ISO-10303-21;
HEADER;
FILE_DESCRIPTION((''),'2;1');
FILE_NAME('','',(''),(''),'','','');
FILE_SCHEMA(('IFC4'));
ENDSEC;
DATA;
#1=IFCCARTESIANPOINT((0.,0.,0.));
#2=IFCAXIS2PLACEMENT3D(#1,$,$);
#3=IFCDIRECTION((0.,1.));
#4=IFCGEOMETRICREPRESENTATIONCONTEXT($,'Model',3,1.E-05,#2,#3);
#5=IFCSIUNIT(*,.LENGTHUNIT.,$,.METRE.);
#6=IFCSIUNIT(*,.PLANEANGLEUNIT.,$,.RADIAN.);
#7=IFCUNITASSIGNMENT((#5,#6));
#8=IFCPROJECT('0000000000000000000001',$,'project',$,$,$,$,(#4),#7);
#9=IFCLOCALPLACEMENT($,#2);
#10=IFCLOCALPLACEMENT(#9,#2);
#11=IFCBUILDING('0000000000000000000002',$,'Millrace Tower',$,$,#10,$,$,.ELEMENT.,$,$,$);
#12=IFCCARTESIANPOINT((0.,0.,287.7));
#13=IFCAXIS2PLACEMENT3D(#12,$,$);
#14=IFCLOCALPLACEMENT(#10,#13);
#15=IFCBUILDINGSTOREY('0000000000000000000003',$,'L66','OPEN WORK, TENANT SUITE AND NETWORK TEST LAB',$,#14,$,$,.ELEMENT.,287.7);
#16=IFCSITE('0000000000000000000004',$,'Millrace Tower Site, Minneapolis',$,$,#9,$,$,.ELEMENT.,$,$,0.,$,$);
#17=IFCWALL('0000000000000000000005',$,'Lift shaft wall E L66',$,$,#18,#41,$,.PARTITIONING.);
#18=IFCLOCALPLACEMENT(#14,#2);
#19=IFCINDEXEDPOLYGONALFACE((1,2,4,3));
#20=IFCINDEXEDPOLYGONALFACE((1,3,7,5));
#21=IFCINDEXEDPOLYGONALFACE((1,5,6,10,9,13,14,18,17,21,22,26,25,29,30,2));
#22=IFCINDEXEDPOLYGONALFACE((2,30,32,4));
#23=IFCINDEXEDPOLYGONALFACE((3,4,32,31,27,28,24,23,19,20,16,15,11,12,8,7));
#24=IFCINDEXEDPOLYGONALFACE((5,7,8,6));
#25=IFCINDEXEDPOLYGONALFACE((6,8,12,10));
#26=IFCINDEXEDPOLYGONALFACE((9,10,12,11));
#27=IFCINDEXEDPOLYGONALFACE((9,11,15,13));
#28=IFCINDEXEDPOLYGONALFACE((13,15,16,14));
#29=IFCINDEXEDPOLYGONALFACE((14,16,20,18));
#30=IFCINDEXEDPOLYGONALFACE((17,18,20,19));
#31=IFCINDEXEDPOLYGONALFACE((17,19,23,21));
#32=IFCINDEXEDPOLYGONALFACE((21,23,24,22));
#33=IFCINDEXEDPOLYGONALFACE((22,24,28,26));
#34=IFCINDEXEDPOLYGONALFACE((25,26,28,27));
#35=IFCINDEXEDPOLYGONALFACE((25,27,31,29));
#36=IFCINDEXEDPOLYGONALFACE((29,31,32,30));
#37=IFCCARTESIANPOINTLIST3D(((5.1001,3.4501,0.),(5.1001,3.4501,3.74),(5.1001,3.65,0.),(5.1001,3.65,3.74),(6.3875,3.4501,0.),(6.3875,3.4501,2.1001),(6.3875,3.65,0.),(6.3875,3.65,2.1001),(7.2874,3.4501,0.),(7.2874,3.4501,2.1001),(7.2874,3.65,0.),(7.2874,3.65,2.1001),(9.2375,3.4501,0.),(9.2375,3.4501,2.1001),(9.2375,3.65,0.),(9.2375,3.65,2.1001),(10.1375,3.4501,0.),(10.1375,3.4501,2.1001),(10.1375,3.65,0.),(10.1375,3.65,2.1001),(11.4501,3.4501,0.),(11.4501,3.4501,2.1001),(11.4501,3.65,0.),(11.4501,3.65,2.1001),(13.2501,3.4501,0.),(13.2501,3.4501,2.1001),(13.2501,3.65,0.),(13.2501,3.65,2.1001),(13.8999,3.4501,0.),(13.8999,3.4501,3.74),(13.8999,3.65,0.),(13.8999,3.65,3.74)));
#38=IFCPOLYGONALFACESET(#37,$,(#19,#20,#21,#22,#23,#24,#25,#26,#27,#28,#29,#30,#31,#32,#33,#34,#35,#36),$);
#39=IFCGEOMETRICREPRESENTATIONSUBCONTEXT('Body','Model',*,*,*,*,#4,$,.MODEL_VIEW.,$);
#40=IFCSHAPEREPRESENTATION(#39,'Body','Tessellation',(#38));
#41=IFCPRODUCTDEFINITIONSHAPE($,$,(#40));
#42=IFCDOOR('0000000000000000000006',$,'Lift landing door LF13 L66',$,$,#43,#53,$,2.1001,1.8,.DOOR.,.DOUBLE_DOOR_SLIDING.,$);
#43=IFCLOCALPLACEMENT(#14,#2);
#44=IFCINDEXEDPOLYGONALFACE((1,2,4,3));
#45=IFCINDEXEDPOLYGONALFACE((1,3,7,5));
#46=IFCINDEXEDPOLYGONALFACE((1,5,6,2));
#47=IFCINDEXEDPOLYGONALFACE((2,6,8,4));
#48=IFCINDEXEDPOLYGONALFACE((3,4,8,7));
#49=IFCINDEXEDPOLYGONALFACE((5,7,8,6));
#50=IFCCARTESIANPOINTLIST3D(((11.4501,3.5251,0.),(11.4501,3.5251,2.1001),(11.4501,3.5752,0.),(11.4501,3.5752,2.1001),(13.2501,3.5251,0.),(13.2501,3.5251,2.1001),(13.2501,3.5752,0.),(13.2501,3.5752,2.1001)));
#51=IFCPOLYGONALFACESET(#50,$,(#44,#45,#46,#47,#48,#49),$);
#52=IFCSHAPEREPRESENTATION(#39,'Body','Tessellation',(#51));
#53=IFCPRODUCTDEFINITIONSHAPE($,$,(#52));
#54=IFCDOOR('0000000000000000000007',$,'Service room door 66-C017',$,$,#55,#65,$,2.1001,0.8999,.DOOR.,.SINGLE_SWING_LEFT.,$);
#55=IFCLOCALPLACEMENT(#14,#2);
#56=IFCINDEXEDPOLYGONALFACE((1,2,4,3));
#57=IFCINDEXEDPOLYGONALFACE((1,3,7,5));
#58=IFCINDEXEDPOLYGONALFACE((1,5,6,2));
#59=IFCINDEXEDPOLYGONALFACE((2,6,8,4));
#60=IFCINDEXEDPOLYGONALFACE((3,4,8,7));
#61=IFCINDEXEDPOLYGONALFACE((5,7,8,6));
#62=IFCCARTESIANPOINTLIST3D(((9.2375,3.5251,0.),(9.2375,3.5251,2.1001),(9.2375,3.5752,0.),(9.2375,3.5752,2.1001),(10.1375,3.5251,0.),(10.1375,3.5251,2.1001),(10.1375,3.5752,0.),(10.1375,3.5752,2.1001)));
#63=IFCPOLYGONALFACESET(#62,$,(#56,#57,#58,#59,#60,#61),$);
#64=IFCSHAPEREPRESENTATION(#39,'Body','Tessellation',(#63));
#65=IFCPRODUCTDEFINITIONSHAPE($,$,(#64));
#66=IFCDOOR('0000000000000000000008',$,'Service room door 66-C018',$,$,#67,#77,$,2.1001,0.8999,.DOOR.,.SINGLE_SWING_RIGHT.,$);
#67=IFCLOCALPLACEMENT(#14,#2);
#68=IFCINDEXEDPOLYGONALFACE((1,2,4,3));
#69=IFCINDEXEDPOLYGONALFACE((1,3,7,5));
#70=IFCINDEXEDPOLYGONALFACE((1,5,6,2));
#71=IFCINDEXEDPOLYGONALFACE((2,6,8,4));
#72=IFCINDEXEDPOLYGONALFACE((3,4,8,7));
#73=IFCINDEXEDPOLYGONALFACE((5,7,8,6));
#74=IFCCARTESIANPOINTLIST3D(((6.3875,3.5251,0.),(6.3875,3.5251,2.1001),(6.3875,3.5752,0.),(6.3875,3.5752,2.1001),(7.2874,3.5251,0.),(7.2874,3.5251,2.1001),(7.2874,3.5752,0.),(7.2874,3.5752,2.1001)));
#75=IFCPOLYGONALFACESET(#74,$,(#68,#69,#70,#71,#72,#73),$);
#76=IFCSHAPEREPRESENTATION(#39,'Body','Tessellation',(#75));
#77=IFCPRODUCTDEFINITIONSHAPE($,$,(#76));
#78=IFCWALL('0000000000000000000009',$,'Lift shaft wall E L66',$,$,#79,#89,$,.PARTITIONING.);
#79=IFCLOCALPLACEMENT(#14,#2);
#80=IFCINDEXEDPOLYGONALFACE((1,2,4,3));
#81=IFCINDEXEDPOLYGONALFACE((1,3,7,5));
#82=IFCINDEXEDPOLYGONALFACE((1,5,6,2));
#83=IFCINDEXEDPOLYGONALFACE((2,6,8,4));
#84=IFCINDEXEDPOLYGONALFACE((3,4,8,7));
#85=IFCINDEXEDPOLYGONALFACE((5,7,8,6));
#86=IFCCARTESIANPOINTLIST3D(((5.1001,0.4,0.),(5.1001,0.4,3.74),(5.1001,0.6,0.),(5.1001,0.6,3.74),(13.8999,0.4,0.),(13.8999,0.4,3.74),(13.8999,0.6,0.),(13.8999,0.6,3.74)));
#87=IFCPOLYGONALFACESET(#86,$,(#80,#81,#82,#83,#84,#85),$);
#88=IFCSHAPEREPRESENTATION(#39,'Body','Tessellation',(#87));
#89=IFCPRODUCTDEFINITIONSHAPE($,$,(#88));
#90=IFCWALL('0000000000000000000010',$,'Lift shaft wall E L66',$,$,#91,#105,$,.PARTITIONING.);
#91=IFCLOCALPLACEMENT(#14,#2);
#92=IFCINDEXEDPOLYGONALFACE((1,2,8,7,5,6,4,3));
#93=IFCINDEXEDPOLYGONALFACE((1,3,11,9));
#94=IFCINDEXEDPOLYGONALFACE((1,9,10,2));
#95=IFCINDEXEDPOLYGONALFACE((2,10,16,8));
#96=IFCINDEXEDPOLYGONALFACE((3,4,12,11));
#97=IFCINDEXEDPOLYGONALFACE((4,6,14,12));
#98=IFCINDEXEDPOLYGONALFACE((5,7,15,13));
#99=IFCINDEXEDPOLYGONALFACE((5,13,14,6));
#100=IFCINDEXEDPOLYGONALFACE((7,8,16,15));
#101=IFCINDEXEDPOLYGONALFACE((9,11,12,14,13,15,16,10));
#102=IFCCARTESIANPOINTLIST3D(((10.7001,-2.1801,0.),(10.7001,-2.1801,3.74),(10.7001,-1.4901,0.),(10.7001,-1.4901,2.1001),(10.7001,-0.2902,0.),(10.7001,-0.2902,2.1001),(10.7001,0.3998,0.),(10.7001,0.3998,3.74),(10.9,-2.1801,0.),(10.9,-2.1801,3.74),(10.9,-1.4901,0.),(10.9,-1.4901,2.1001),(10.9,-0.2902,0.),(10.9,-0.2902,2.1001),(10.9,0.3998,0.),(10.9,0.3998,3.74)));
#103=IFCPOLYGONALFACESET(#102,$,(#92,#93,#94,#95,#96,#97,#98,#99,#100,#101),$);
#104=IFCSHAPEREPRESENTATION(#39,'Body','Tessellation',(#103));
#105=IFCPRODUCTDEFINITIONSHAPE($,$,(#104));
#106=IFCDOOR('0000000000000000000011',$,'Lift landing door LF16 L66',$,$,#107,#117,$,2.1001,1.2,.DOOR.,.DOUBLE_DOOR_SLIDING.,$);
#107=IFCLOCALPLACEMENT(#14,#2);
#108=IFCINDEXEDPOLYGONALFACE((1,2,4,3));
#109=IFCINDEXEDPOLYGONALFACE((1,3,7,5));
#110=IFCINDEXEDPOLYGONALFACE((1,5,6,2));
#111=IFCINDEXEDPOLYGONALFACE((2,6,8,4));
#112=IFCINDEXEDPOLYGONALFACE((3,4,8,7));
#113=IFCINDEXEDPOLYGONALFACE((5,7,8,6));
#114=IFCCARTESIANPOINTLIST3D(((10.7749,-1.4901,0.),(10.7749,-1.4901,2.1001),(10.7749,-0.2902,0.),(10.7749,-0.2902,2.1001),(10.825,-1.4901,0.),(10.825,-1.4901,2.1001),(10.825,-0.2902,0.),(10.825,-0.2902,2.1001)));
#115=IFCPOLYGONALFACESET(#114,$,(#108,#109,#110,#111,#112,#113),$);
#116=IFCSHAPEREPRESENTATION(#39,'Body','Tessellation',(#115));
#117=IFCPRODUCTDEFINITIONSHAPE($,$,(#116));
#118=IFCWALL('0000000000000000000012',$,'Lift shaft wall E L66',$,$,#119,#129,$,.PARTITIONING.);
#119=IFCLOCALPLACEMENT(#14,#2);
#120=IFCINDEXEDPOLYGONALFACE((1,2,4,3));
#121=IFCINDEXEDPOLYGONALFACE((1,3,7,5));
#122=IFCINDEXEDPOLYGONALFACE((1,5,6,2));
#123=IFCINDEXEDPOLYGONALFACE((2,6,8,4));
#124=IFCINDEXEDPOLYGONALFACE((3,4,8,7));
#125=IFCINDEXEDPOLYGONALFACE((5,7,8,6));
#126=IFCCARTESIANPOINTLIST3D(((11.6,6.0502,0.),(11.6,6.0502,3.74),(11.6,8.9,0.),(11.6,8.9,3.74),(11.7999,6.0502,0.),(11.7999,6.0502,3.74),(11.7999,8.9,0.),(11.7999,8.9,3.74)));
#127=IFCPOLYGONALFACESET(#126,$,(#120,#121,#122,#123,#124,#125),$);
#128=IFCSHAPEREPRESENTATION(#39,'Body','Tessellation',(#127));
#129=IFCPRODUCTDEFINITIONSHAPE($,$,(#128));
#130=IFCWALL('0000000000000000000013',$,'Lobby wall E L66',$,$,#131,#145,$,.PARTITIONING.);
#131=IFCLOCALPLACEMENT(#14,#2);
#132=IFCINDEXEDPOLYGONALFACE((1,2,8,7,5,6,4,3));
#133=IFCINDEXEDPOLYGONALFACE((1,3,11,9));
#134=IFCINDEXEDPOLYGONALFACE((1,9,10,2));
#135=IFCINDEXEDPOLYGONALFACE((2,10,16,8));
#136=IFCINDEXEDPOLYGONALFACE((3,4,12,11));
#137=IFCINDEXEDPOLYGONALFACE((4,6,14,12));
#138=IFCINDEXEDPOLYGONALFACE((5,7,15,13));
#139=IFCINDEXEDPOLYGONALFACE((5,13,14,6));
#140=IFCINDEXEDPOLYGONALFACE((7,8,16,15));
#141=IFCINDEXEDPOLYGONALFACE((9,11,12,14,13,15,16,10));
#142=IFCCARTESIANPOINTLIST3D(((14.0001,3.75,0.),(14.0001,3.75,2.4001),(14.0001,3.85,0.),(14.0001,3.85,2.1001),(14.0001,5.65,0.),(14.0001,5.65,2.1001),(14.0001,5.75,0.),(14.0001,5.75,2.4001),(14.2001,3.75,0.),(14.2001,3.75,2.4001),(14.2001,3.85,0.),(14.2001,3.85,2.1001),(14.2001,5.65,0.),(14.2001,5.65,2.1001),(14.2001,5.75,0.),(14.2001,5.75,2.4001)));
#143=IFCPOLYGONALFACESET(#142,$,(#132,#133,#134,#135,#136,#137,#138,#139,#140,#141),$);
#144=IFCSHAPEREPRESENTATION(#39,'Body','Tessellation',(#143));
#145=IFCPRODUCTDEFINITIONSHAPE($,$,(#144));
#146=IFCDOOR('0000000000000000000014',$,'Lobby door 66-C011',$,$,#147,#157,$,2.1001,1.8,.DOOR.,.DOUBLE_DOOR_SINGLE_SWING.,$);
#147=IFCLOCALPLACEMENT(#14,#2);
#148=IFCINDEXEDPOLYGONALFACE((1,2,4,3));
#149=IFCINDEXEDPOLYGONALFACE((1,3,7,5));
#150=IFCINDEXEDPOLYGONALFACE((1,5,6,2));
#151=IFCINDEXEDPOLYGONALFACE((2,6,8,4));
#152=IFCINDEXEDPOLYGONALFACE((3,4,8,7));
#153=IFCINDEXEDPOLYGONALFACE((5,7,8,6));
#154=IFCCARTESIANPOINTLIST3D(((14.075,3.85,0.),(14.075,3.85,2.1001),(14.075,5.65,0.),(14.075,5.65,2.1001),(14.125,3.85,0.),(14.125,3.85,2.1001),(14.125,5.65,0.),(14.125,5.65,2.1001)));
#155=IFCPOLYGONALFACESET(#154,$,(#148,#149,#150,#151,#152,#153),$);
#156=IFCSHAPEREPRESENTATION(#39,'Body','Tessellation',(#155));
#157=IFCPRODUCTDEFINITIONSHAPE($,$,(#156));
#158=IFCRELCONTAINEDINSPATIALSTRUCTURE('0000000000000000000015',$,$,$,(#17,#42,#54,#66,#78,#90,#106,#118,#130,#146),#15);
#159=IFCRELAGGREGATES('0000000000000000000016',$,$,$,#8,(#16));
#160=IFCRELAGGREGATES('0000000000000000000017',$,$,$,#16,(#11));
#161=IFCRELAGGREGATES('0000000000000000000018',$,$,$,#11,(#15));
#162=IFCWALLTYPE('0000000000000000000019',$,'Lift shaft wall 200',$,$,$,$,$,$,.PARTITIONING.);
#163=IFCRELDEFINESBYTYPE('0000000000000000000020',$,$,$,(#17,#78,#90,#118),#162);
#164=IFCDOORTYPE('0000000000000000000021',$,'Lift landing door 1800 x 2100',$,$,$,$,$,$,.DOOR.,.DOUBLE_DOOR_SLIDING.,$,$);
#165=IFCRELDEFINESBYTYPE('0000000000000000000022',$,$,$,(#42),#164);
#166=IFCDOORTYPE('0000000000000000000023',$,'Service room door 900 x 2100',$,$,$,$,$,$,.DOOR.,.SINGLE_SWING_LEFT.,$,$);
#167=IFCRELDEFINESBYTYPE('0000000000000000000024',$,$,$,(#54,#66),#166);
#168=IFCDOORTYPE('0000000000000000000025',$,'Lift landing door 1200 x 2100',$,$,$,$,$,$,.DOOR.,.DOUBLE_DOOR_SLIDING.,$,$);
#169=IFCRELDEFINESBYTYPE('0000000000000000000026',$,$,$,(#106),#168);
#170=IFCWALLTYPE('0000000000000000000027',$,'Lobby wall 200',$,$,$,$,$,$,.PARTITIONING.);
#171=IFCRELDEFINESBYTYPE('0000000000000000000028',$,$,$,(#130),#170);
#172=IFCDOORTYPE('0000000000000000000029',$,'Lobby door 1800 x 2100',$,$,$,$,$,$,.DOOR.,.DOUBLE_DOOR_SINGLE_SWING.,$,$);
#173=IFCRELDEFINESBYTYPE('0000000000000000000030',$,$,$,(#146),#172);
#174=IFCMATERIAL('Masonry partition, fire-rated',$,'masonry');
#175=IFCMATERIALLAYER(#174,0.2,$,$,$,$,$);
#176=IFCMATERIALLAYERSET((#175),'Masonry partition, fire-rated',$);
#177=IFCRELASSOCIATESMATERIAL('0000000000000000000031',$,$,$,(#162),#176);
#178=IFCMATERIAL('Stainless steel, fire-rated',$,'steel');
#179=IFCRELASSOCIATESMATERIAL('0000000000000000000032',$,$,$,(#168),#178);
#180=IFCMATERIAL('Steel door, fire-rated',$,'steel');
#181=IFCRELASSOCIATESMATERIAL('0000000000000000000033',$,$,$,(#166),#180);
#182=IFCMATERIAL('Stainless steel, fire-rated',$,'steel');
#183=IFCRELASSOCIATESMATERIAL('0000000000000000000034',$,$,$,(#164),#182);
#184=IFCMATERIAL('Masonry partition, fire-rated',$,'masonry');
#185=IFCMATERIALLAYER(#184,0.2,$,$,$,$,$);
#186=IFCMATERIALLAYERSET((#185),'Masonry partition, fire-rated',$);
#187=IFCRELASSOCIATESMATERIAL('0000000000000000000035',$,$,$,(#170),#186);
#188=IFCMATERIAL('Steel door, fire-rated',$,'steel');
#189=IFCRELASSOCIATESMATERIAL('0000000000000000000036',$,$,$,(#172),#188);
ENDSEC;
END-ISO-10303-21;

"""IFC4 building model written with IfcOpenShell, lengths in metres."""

from ifc_helpers import new_model, si_unit, direction, frame, frame_2d, origin, place, context, subcontext, project, spatial, rectangle, extrude, material, layer, layer_set, type_object, element, fill, save


model = new_model("IFC4")

# Units and contexts
model_context = context("Model", 3, precision=1e-05, world=origin(), true_north=direction((0.0, 1.0)))
body_context = subcontext(model_context, "Body", "Model", "MODEL_VIEW")
ifc_project = project(units=[si_unit("LENGTHUNIT", "METRE"), si_unit("PLANEANGLEUNIT", "RADIAN")], contexts=[model_context])

# Site, building, storey
site_placement = place(None, origin())
site = spatial("IfcSite", under=ifc_project, at=site_placement, Name="Millrace Tower Site, Minneapolis", CompositionType="ELEMENT", RefElevation=0.0)
building_placement = place(site_placement, origin())
building = spatial("IfcBuilding", under=site, at=building_placement, Name="Millrace Tower", CompositionType="ELEMENT")
storey_placement = place(building_placement, frame((0.0, 0.0, 287.7)))
storey = spatial("IfcBuildingStorey", under=building, at=storey_placement, Name="L66", Description="OPEN WORK, TENANT SUITE AND NETWORK TEST LAB", CompositionType="ELEMENT", Elevation=287.7)

# Wall, openings, doors
ifc_material_1 = material(Name="Masonry partition, fire-rated", Category="masonry")
ifc_layer_1 = layer(ifc_material_1, 0.2)
ifc_layer_set_1 = layer_set([ifc_layer_1], Name="Masonry partition, fire-rated")
wall_type_1 = type_object("IfcWallType", Name="Lift shaft wall 200", PredefinedType="PARTITIONING", material=ifc_layer_set_1)
ifc_material_2 = material(Name="Stainless steel, fire-rated", Category="steel")
door_type_1 = type_object("IfcDoorType", Name="Lift landing door 1200 x 2100", OperationType="DOUBLE_DOOR_SLIDING", PredefinedType="DOOR", material=ifc_material_2)
ifc_material_3 = material(Name="Steel door, fire-rated", Category="steel")
door_type_2 = type_object("IfcDoorType", Name="Service room door 900 x 2100", OperationType="SINGLE_SWING_LEFT", PredefinedType="DOOR", material=ifc_material_3)
wall_1_placement = place(storey_placement, frame((13.8999, 3.55, 0.0), z_axis=(0.0, 0.0, 1.0), x_axis=(-1.0, 0.0, 0.0)))
wall_1 = element("IfcWall", 1, at=wall_1_placement, inside=storey, type_object=wall_type_1, Name="Lift shaft wall E L66", PredefinedType="PARTITIONING", context=body_context, shape_type="SweptSolid", body=[
    extrude(rectangle(XDim=8.7998, YDim=0.2, at=frame_2d((4.3999, 0.0))), origin(), (0.0, 0.0, 1.0), 3.74),
])
opening_1_placement = place(wall_1_placement, frame((0.6499, 0.0, 0.0)))
opening_1 = element("IfcOpeningElement", 2, at=opening_1_placement, cuts=wall_1, PredefinedType="OPENING", context=body_context, shape_type="SweptSolid", body=[
    extrude(rectangle(XDim=1.8, YDim=2.1001, at=frame_2d((0.8999, 1.05))), frame((0.0, 0.1099, 0.0), z_axis=(0.0, -1.0, 0.0), x_axis=(1.0, 0.0, 0.0)), (0.0, 0.0, 1.0), 0.22),
])
opening_2_placement = place(wall_1_placement, frame((3.7625, 0.0, 0.0)))
opening_2 = element("IfcOpeningElement", 3, at=opening_2_placement, cuts=wall_1, PredefinedType="OPENING", context=body_context, shape_type="SweptSolid", body=[
    extrude(rectangle(XDim=0.8999, YDim=2.1001, at=frame_2d((0.45, 1.05))), frame((0.0, 0.1099, 0.0), z_axis=(0.0, -1.0, 0.0), x_axis=(1.0, 0.0, 0.0)), (0.0, 0.0, 1.0), 0.22),
])
opening_3_placement = place(wall_1_placement, frame((6.6125, 0.0, 0.0)))
opening_3 = element("IfcOpeningElement", 4, at=opening_3_placement, cuts=wall_1, PredefinedType="OPENING", context=body_context, shape_type="SweptSolid", body=[
    extrude(rectangle(XDim=0.8999, YDim=2.1001, at=frame_2d((0.45, 1.05))), frame((0.0, 0.1099, 0.0), z_axis=(0.0, -1.0, 0.0), x_axis=(1.0, 0.0, 0.0)), (0.0, 0.0, 1.0), 0.22),
])
ifc_material_4 = material(Name="Stainless steel, fire-rated", Category="steel")
door_type_3 = type_object("IfcDoorType", Name="Lift landing door 1800 x 2100", OperationType="DOUBLE_DOOR_SLIDING", PredefinedType="DOOR", material=ifc_material_4)
door_1_placement = place(opening_1_placement, origin())
door_1 = element("IfcDoor", 5, at=door_1_placement, inside=storey, type_object=door_type_3, Name="Lift landing door LF13 L66", OperationType="DOUBLE_DOOR_SLIDING", OverallHeight=2.1001, OverallWidth=1.8, PredefinedType="DOOR", context=body_context, shape_type="SweptSolid", body=[
    extrude(rectangle(XDim=1.8, YDim=2.1001, at=frame_2d((0.8999, 1.05))), frame((0.0, 0.0249, 0.0), z_axis=(0.0, -1.0, 0.0), x_axis=(1.0, 0.0, 0.0)), (0.0, 0.0, 1.0), 0.05),
])
fill(opening_1, door_1)
door_2_placement = place(opening_2_placement, origin())
door_2 = element("IfcDoor", 6, at=door_2_placement, inside=storey, type_object=door_type_2, Name="Service room door 66-C017", OperationType="SINGLE_SWING_LEFT", OverallHeight=2.1001, OverallWidth=0.8999, PredefinedType="DOOR", context=body_context, shape_type="SweptSolid", body=[
    extrude(rectangle(XDim=0.8999, YDim=2.1001, at=frame_2d((0.45, 1.05))), frame((0.0, 0.0249, 0.0), z_axis=(0.0, -1.0, 0.0), x_axis=(1.0, 0.0, 0.0)), (0.0, 0.0, 1.0), 0.05),
])
fill(opening_2, door_2)
door_3_placement = place(opening_3_placement, origin())
door_3 = element("IfcDoor", 7, at=door_3_placement, inside=storey, type_object=door_type_2, Name="Service room door 66-C018", OperationType="SINGLE_SWING_RIGHT", OverallHeight=2.1001, OverallWidth=0.8999, PredefinedType="DOOR", context=body_context, shape_type="SweptSolid", body=[
    extrude(rectangle(XDim=0.8999, YDim=2.1001, at=frame_2d((0.45, 1.05))), frame((0.0, 0.0249, 0.0), z_axis=(0.0, -1.0, 0.0), x_axis=(1.0, 0.0, 0.0)), (0.0, 0.0, 1.0), 0.05),
])
fill(opening_3, door_3)

# Wall
wall_2_placement = place(storey_placement, frame((13.8999, 0.5, 0.0), z_axis=(0.0, 0.0, 1.0), x_axis=(-1.0, 0.0, 0.0)))
element("IfcWall", 8, at=wall_2_placement, inside=storey, type_object=wall_type_1, Name="Lift shaft wall E L66", PredefinedType="PARTITIONING", context=body_context, shape_type="SweptSolid", body=[
    extrude(rectangle(XDim=8.7998, YDim=0.2, at=frame_2d((4.3999, 0.0))), origin(), (0.0, 0.0, 1.0), 3.74),
])

# Wall, opening, door
wall_3_placement = place(storey_placement, frame((10.8, 0.3999, 0.0), z_axis=(0.0, 0.0, 1.0), x_axis=(0.0, -1.0, 0.0)))
wall_3 = element("IfcWall", 9, at=wall_3_placement, inside=storey, type_object=wall_type_1, Name="Lift shaft wall E L66", PredefinedType="PARTITIONING", context=body_context, shape_type="SweptSolid", body=[
    extrude(rectangle(XDim=2.5798, YDim=0.2, at=frame_2d((1.29, 0.0))), origin(), (0.0, 0.0, 1.0), 3.74),
])
opening_4_placement = place(wall_3_placement, frame((0.6899, 0.0, 0.0)))
opening_4 = element("IfcOpeningElement", 10, at=opening_4_placement, cuts=wall_3, PredefinedType="OPENING", context=body_context, shape_type="SweptSolid", body=[
    extrude(rectangle(XDim=1.2, YDim=2.1001, at=frame_2d((0.6001, 1.05))), frame((0.0, 0.1099, 0.0), z_axis=(0.0, -1.0, 0.0), x_axis=(1.0, 0.0, 0.0)), (0.0, 0.0, 1.0), 0.22),
])
door_4_placement = place(opening_4_placement, origin())
door_4 = element("IfcDoor", 11, at=door_4_placement, inside=storey, type_object=door_type_1, Name="Lift landing door LF16 L66", OperationType="DOUBLE_DOOR_SLIDING", OverallHeight=2.1001, OverallWidth=1.2, PredefinedType="DOOR", context=body_context, shape_type="SweptSolid", body=[
    extrude(rectangle(XDim=1.2, YDim=2.1001, at=frame_2d((0.6001, 1.05))), frame((0.0, 0.0249, 0.0), z_axis=(0.0, -1.0, 0.0), x_axis=(1.0, 0.0, 0.0)), (0.0, 0.0, 1.0), 0.05),
])
fill(opening_4, door_4)

# Wall
wall_4_placement = place(storey_placement, frame((11.7, 8.8999, 0.0), z_axis=(0.0, 0.0, 1.0), x_axis=(0.0, -1.0, 0.0)))
element("IfcWall", 12, at=wall_4_placement, inside=storey, type_object=wall_type_1, Name="Lift shaft wall E L66", PredefinedType="PARTITIONING", context=body_context, shape_type="SweptSolid", body=[
    extrude(rectangle(XDim=2.8499, YDim=0.2, at=frame_2d((1.4248, 0.0))), origin(), (0.0, 0.0, 1.0), 3.74),
])

# Wall, opening, door
ifc_material_5 = material(Name="Masonry partition, fire-rated", Category="masonry")
ifc_layer_2 = layer(ifc_material_5, 0.2)
ifc_layer_set_2 = layer_set([ifc_layer_2], Name="Masonry partition, fire-rated")
wall_type_2 = type_object("IfcWallType", Name="Lobby wall 200", PredefinedType="PARTITIONING", material=ifc_layer_set_2)
wall_5_placement = place(storey_placement, frame((14.1001, 5.75, 0.0), z_axis=(0.0, 0.0, 1.0), x_axis=(0.0, -1.0, 0.0)))
wall_5 = element("IfcWall", 13, at=wall_5_placement, inside=storey, type_object=wall_type_2, Name="Lobby wall E L66", PredefinedType="PARTITIONING", context=body_context, shape_type="SweptSolid", body=[
    extrude(rectangle(XDim=2.0, YDim=0.2, at=frame_2d((1.0, 0.0))), origin(), (0.0, 0.0, 1.0), 2.4001),
])
opening_5_placement = place(wall_5_placement, frame((0.1001, 0.0, 0.0)))
opening_5 = element("IfcOpeningElement", 14, at=opening_5_placement, cuts=wall_5, PredefinedType="OPENING", context=body_context, shape_type="SweptSolid", body=[
    extrude(rectangle(XDim=1.8, YDim=2.1001, at=frame_2d((0.8999, 1.05))), frame((0.0, 0.1099, 0.0), z_axis=(0.0, -1.0, 0.0), x_axis=(1.0, 0.0, 0.0)), (0.0, 0.0, 1.0), 0.22),
])
ifc_material_6 = material(Name="Steel door, fire-rated", Category="steel")
door_type_4 = type_object("IfcDoorType", Name="Lobby door 1800 x 2100", OperationType="DOUBLE_DOOR_SINGLE_SWING", PredefinedType="DOOR", material=ifc_material_6)
door_5_placement = place(opening_5_placement, origin())
door_5 = element("IfcDoor", 15, at=door_5_placement, inside=storey, type_object=door_type_4, Name="Lobby door 66-C011", OperationType="DOUBLE_DOOR_SINGLE_SWING", OverallHeight=2.1001, OverallWidth=1.8, PredefinedType="DOOR", context=body_context, shape_type="SweptSolid", body=[
    extrude(rectangle(XDim=1.8, YDim=2.1001, at=frame_2d((0.8999, 1.05))), frame((0.0, 0.0249, 0.0), z_axis=(0.0, -1.0, 0.0), x_axis=(1.0, 0.0, 0.0)), (0.0, 0.0, 1.0), 0.05),
])
fill(opening_5, door_5)

save(model, "model.ifc")
